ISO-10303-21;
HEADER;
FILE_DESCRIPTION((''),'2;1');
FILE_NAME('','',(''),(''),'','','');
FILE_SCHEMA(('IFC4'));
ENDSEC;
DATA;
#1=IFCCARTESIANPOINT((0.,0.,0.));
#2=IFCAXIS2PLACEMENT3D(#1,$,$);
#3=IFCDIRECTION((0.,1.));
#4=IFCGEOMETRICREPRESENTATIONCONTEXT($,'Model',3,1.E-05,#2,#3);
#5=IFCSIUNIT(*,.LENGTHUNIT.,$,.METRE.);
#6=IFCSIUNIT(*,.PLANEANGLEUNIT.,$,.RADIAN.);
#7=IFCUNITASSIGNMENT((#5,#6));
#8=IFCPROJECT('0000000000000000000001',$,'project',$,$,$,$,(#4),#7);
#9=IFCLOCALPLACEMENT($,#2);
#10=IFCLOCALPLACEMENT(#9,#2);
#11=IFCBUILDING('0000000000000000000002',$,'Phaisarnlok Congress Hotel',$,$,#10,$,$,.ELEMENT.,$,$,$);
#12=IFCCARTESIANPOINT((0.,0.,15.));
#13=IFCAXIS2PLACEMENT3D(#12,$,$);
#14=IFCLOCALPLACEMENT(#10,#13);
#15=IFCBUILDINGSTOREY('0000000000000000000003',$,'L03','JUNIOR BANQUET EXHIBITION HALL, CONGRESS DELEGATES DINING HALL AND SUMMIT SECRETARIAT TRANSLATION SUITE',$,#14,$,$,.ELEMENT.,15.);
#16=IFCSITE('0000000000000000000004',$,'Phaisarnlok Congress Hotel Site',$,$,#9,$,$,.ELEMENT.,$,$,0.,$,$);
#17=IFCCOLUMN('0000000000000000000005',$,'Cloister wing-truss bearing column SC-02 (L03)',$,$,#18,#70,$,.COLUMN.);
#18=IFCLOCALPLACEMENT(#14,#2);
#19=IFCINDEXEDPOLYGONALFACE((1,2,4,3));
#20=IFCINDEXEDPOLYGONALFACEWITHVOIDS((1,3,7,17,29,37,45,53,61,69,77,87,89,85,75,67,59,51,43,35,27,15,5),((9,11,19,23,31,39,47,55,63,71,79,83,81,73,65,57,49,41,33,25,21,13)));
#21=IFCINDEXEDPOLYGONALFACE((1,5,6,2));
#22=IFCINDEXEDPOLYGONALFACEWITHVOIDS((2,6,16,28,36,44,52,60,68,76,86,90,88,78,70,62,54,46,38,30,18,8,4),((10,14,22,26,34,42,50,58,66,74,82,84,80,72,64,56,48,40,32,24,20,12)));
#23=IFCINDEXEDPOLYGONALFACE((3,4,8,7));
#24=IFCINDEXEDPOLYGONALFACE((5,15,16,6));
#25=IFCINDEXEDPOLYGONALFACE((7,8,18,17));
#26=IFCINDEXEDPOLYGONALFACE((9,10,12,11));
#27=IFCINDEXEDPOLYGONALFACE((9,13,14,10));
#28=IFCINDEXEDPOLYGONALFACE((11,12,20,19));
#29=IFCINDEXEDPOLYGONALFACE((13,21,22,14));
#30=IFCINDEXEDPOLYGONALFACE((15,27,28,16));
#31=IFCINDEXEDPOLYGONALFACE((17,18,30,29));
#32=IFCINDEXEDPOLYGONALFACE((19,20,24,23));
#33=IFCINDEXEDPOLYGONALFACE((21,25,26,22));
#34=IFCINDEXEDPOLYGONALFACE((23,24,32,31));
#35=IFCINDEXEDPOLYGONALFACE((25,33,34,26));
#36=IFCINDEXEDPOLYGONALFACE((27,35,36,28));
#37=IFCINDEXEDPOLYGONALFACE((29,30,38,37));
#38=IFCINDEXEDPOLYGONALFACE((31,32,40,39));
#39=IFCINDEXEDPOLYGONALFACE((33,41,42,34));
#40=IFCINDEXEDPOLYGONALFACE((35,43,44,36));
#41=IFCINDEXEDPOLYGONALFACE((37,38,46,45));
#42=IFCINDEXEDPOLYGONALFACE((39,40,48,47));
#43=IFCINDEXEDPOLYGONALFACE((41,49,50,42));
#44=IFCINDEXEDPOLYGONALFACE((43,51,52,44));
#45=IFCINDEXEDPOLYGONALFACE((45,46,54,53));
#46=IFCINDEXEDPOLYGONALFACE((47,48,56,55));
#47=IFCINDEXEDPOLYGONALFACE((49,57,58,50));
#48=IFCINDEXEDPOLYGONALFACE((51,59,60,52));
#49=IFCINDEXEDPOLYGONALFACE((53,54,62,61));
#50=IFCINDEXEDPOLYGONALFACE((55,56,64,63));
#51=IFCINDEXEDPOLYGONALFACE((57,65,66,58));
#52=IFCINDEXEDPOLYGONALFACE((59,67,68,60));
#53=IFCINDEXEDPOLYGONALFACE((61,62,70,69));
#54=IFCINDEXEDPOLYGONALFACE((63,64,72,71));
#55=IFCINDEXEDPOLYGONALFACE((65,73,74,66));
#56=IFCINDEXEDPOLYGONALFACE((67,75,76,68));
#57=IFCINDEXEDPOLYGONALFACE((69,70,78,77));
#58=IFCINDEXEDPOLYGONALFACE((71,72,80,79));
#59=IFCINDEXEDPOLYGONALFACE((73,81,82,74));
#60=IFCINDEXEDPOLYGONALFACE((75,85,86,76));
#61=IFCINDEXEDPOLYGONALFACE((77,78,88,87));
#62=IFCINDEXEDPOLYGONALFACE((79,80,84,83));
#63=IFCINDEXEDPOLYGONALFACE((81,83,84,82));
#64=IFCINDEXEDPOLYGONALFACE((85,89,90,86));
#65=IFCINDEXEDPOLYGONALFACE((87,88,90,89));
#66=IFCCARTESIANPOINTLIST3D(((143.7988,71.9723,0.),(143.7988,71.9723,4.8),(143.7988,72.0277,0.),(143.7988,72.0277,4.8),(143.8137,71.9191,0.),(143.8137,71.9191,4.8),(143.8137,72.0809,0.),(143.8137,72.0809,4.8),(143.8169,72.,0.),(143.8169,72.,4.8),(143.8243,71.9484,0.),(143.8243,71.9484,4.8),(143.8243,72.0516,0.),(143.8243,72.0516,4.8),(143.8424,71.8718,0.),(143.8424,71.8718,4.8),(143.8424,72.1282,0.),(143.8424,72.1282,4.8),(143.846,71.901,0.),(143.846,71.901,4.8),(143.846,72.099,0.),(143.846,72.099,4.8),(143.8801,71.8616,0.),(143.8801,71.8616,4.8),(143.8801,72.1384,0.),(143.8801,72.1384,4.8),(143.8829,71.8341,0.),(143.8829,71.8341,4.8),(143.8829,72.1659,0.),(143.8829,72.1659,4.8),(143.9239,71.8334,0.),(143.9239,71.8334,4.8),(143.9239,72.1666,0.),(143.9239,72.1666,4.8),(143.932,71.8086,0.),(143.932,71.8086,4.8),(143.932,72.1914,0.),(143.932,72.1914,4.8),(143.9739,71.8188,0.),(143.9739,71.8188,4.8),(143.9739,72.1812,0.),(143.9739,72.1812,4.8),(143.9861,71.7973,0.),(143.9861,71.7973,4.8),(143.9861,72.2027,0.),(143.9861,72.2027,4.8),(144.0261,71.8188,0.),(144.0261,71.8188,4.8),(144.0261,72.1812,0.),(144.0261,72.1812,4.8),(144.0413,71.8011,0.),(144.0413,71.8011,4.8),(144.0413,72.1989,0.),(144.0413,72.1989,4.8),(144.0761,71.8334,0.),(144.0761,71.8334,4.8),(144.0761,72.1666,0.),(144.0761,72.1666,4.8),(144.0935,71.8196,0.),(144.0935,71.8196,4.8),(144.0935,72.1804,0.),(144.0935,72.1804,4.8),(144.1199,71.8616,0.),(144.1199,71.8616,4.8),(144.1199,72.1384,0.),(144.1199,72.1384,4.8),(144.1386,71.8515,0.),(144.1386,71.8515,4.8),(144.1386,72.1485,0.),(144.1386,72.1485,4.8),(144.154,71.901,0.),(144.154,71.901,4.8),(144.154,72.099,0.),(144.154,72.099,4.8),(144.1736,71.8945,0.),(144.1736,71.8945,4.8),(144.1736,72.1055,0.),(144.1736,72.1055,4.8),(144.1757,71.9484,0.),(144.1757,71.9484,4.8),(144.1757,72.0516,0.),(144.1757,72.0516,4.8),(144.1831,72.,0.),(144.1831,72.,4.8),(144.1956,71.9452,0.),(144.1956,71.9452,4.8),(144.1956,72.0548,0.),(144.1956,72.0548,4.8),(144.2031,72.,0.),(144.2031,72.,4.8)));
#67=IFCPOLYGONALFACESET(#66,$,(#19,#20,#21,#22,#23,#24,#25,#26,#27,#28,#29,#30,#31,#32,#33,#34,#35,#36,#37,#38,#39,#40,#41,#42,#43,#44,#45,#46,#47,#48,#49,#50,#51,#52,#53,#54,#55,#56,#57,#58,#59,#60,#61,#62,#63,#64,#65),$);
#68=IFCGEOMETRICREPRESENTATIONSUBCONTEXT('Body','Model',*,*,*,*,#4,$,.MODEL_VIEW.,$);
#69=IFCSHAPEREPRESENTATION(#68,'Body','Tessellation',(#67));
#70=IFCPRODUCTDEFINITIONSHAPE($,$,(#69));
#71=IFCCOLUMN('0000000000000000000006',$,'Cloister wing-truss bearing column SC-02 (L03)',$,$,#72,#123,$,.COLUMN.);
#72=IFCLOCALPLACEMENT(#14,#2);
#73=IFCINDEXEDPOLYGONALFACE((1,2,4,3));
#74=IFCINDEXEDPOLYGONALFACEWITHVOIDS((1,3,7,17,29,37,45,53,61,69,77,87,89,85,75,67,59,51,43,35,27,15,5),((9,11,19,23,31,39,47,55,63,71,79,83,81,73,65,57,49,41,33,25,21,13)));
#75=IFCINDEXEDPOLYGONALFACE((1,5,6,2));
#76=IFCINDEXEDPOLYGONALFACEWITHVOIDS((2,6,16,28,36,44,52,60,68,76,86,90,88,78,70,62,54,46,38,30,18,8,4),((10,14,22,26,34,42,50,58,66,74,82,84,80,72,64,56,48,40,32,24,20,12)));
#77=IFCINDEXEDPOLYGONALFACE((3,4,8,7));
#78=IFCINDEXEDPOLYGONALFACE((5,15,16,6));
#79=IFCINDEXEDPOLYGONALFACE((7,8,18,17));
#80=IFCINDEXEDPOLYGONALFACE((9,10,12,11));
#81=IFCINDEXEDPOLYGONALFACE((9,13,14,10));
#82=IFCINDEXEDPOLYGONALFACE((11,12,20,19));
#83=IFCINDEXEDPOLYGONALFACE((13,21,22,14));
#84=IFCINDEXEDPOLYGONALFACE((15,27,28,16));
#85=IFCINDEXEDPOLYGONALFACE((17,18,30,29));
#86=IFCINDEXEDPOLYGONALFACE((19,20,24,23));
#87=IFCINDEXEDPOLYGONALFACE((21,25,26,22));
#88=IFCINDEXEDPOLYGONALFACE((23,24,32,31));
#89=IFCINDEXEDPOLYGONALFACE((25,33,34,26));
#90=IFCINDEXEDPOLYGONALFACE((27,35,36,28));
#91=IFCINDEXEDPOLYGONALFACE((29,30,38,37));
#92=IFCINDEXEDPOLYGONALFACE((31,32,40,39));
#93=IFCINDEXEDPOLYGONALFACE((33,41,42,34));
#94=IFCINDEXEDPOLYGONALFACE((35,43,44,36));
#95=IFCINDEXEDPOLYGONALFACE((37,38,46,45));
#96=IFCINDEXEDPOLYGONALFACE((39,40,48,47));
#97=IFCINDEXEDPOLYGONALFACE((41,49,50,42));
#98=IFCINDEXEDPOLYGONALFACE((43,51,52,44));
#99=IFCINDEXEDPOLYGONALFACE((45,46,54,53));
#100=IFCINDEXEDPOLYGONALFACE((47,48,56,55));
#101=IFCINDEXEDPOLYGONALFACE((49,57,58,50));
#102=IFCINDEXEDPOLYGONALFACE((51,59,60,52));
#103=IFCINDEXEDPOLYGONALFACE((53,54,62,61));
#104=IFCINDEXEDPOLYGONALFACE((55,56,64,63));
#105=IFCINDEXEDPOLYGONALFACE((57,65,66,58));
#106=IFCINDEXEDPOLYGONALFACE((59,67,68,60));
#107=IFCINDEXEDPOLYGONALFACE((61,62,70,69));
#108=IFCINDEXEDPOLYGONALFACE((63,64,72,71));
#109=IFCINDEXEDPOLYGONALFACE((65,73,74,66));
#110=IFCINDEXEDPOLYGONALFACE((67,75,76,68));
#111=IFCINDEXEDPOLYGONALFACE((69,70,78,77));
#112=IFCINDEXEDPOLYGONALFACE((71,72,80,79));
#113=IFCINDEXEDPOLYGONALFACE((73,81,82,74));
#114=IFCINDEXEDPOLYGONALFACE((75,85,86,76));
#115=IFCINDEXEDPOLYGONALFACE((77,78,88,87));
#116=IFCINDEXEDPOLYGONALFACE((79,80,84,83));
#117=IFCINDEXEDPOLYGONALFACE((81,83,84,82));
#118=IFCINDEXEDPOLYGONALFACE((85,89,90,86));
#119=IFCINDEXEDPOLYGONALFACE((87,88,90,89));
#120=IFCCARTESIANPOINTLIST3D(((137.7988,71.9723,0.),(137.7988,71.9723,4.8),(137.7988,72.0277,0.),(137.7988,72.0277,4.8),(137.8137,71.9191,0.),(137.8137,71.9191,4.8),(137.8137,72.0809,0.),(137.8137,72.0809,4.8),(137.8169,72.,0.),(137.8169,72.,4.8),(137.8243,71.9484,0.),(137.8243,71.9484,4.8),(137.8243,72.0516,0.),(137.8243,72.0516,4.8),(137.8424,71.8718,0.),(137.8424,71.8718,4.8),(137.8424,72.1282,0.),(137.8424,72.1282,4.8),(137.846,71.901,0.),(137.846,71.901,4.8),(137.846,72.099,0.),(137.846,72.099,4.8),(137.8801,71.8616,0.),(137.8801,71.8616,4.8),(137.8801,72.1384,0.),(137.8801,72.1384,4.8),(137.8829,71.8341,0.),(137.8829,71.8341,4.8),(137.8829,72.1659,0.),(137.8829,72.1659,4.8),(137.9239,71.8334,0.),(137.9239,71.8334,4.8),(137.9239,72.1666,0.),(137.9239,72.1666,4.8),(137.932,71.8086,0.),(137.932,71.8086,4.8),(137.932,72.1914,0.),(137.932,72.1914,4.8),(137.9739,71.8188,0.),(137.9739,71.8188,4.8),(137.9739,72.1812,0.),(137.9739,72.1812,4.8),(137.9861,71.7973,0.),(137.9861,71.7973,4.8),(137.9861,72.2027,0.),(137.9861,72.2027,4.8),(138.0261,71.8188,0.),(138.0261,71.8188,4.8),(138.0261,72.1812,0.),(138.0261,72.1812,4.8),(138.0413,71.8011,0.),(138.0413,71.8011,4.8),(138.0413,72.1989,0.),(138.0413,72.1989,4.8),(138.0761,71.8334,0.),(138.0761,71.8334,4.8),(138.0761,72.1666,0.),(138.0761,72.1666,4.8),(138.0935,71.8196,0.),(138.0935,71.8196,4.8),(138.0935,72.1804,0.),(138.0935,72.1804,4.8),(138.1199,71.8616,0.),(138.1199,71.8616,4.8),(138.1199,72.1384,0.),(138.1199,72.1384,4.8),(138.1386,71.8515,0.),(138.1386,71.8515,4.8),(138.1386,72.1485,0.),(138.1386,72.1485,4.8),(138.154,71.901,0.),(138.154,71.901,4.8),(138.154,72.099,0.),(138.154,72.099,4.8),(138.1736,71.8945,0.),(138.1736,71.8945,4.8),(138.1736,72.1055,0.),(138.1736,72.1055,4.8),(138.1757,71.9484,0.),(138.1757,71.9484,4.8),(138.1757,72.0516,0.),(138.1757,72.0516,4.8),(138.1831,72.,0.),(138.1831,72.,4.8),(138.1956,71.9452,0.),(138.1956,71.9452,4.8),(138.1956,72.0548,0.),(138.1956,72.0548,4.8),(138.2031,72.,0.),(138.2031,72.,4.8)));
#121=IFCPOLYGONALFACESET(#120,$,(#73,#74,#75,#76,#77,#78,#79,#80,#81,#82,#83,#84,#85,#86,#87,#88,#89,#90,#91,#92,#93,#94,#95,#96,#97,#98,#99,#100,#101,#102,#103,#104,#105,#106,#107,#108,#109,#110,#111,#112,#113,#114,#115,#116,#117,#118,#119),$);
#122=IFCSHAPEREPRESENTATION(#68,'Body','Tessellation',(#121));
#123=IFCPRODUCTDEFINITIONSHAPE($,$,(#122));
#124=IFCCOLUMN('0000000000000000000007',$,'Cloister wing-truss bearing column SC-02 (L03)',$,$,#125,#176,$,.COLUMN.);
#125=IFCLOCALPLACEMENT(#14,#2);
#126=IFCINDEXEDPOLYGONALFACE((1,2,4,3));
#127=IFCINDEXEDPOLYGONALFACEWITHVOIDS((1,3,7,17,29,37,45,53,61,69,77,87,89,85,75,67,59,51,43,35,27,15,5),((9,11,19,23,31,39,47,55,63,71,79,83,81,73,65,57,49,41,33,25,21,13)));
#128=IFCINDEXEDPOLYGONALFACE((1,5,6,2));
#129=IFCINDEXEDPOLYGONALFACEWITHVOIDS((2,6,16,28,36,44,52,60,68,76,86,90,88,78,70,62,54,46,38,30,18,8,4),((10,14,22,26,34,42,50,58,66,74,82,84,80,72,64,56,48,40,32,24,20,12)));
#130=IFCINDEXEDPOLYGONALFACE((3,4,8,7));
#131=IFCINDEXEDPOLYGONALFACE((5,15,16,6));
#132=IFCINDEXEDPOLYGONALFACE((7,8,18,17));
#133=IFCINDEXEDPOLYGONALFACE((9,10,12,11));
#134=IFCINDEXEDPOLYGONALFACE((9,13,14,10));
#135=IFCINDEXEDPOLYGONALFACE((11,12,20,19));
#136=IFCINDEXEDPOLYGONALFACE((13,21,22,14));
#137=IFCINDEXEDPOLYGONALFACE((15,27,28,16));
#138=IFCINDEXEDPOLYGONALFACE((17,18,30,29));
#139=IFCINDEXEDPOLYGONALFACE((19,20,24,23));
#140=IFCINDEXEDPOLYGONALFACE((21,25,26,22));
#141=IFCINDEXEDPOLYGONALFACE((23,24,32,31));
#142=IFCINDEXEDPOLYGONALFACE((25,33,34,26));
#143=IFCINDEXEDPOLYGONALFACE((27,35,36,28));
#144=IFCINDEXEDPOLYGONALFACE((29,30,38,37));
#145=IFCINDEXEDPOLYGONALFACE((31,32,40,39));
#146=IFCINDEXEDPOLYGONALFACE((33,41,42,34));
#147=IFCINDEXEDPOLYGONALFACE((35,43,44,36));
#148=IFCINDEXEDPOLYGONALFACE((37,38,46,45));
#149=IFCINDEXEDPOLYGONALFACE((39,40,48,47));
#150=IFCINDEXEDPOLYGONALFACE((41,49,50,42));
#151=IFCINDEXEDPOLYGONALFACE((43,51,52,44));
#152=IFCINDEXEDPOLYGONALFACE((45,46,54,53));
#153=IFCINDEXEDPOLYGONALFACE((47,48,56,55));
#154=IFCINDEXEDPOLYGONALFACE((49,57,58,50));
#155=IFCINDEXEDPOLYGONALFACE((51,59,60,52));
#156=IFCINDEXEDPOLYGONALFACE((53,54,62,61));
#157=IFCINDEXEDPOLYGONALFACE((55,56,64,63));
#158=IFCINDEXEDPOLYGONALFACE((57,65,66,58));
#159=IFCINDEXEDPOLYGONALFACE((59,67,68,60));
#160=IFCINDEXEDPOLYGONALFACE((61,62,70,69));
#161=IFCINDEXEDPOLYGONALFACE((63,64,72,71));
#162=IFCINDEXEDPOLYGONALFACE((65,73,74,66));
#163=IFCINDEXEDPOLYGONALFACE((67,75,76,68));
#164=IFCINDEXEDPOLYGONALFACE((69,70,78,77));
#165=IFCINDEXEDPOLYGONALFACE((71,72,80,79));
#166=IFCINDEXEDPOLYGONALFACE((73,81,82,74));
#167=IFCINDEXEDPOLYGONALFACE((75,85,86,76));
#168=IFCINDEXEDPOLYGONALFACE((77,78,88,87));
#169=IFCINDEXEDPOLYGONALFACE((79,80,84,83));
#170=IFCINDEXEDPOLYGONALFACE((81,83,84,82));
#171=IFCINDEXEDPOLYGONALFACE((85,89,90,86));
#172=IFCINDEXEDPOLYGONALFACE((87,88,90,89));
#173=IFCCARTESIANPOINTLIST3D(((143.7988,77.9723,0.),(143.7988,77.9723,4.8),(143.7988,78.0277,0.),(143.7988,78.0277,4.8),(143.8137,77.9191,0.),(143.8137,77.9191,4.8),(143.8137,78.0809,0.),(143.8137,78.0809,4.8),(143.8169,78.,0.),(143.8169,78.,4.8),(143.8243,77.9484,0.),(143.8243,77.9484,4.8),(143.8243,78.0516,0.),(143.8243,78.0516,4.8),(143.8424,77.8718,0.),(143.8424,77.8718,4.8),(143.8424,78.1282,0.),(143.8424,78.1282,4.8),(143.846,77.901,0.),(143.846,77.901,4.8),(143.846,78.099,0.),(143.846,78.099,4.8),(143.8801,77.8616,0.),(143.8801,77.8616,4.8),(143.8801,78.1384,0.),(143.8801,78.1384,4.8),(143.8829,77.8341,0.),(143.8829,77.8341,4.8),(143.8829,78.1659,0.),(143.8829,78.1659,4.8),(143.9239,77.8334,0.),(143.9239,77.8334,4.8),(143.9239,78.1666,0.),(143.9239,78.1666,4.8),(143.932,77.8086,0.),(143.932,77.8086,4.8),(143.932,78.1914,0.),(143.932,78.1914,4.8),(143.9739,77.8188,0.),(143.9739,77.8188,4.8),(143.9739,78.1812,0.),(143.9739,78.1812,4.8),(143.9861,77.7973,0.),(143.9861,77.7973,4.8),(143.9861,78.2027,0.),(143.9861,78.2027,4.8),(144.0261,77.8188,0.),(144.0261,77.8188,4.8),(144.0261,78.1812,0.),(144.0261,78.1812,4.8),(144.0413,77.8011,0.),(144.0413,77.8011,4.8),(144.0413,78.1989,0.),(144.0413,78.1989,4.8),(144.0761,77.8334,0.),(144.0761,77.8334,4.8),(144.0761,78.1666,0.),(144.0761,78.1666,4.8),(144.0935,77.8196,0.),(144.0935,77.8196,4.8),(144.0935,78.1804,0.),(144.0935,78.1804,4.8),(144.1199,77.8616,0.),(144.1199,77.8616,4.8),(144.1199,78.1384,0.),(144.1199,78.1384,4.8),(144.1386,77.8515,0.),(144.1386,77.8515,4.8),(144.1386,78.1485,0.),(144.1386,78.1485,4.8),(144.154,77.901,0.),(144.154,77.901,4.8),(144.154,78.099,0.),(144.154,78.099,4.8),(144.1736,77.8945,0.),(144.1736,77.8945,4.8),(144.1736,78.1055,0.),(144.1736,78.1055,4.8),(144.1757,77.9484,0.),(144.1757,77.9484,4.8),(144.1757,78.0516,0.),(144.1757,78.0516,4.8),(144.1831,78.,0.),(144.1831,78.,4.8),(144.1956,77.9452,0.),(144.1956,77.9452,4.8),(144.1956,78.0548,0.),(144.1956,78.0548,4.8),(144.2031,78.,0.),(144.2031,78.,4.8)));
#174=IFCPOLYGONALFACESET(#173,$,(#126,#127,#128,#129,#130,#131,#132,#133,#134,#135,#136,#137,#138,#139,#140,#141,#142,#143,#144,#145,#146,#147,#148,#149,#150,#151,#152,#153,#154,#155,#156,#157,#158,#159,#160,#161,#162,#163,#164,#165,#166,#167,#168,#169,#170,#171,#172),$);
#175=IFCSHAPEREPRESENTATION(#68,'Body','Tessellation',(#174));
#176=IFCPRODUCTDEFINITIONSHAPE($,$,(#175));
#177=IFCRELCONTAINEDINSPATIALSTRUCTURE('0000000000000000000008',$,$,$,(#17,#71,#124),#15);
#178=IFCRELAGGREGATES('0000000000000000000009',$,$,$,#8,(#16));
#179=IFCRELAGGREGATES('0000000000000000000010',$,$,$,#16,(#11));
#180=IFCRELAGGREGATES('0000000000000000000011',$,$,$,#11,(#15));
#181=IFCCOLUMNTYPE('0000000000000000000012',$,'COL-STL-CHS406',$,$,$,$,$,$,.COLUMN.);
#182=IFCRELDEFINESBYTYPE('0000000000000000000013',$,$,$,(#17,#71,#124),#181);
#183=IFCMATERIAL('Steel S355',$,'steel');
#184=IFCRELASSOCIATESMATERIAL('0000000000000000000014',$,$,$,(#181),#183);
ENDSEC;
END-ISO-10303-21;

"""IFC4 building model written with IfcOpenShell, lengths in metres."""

from ifc_helpers import new_model, si_unit, direction, frame, origin, origin_2d, place, context, subcontext, project, spatial, hollow_circle, extrude, material, material_profile, profile_set, type_object, element, save


model = new_model("IFC4")

# Units and contexts
model_context = context("Model", 3, precision=1e-05, world=origin(), true_north=direction((0.0, 1.0)))
body_context = subcontext(model_context, "Body", "Model", "MODEL_VIEW")
ifc_project = project(units=[si_unit("LENGTHUNIT", "METRE"), si_unit("PLANEANGLEUNIT", "RADIAN")], contexts=[model_context])

# Site, building, storey
site_placement = place(None, origin())
site = spatial("IfcSite", under=ifc_project, at=site_placement, Name="Phaisarnlok Congress Hotel Site", CompositionType="ELEMENT", RefElevation=0.0)
building_placement = place(site_placement, origin())
building = spatial("IfcBuilding", under=site, at=building_placement, Name="Phaisarnlok Congress Hotel", CompositionType="ELEMENT")
storey_placement = place(building_placement, frame((0.0, 0.0, 15.0)))
storey = spatial("IfcBuildingStorey", under=building, at=storey_placement, Name="L03", Description="JUNIOR BANQUET EXHIBITION HALL, CONGRESS DELEGATES DINING HALL AND SUMMIT SECRETARIAT TRANSLATION SUITE", CompositionType="ELEMENT", Elevation=15.0)

# Columns
ifc_material_1 = material(Name="Steel S355", Category="steel")
ifc_material_profile_1 = material_profile(ifc_material_1, hollow_circle(Radius=0.2031, WallThickness=0.02, at=origin_2d()), Name="CHS 406.4x20")
ifc_profile_set_1 = profile_set([ifc_material_profile_1], Name="Steel S355")
column_type_1 = type_object("IfcColumnType", Name="COL-STL-CHS406", PredefinedType="COLUMN", material=ifc_profile_set_1)
for number, where, z_axis, x_axis, name in (
    (1, (144.0, 72.0, 0.0), (0.0, 0.0, 1.0), (1.0, 0.0, 0.0), "Cloister wing-truss bearing column SC-02 (L03)"),
    (2, (138.0, 72.0, 0.0), (0.0, 0.0, 1.0), (1.0, 0.0, 0.0), "Cloister wing-truss bearing column SC-02 (L03)"),
    (3, (144.0, 78.0, 0.0), (0.0, 0.0, 1.0), (1.0, 0.0, 0.0), "Cloister wing-truss bearing column SC-02 (L03)"),
):
    element("IfcColumn", number, at=place(storey_placement, frame(where, z_axis=z_axis, x_axis=x_axis)), inside=storey, type_object=column_type_1, Name=name, PredefinedType="COLUMN", context=body_context, shape_type="SweptSolid", body=[
        extrude(hollow_circle(Radius=0.2031, WallThickness=0.02, at=origin_2d()), origin(), (0.0, 0.0, 1.0), 4.8),
    ])

save(model, "model.ifc")
